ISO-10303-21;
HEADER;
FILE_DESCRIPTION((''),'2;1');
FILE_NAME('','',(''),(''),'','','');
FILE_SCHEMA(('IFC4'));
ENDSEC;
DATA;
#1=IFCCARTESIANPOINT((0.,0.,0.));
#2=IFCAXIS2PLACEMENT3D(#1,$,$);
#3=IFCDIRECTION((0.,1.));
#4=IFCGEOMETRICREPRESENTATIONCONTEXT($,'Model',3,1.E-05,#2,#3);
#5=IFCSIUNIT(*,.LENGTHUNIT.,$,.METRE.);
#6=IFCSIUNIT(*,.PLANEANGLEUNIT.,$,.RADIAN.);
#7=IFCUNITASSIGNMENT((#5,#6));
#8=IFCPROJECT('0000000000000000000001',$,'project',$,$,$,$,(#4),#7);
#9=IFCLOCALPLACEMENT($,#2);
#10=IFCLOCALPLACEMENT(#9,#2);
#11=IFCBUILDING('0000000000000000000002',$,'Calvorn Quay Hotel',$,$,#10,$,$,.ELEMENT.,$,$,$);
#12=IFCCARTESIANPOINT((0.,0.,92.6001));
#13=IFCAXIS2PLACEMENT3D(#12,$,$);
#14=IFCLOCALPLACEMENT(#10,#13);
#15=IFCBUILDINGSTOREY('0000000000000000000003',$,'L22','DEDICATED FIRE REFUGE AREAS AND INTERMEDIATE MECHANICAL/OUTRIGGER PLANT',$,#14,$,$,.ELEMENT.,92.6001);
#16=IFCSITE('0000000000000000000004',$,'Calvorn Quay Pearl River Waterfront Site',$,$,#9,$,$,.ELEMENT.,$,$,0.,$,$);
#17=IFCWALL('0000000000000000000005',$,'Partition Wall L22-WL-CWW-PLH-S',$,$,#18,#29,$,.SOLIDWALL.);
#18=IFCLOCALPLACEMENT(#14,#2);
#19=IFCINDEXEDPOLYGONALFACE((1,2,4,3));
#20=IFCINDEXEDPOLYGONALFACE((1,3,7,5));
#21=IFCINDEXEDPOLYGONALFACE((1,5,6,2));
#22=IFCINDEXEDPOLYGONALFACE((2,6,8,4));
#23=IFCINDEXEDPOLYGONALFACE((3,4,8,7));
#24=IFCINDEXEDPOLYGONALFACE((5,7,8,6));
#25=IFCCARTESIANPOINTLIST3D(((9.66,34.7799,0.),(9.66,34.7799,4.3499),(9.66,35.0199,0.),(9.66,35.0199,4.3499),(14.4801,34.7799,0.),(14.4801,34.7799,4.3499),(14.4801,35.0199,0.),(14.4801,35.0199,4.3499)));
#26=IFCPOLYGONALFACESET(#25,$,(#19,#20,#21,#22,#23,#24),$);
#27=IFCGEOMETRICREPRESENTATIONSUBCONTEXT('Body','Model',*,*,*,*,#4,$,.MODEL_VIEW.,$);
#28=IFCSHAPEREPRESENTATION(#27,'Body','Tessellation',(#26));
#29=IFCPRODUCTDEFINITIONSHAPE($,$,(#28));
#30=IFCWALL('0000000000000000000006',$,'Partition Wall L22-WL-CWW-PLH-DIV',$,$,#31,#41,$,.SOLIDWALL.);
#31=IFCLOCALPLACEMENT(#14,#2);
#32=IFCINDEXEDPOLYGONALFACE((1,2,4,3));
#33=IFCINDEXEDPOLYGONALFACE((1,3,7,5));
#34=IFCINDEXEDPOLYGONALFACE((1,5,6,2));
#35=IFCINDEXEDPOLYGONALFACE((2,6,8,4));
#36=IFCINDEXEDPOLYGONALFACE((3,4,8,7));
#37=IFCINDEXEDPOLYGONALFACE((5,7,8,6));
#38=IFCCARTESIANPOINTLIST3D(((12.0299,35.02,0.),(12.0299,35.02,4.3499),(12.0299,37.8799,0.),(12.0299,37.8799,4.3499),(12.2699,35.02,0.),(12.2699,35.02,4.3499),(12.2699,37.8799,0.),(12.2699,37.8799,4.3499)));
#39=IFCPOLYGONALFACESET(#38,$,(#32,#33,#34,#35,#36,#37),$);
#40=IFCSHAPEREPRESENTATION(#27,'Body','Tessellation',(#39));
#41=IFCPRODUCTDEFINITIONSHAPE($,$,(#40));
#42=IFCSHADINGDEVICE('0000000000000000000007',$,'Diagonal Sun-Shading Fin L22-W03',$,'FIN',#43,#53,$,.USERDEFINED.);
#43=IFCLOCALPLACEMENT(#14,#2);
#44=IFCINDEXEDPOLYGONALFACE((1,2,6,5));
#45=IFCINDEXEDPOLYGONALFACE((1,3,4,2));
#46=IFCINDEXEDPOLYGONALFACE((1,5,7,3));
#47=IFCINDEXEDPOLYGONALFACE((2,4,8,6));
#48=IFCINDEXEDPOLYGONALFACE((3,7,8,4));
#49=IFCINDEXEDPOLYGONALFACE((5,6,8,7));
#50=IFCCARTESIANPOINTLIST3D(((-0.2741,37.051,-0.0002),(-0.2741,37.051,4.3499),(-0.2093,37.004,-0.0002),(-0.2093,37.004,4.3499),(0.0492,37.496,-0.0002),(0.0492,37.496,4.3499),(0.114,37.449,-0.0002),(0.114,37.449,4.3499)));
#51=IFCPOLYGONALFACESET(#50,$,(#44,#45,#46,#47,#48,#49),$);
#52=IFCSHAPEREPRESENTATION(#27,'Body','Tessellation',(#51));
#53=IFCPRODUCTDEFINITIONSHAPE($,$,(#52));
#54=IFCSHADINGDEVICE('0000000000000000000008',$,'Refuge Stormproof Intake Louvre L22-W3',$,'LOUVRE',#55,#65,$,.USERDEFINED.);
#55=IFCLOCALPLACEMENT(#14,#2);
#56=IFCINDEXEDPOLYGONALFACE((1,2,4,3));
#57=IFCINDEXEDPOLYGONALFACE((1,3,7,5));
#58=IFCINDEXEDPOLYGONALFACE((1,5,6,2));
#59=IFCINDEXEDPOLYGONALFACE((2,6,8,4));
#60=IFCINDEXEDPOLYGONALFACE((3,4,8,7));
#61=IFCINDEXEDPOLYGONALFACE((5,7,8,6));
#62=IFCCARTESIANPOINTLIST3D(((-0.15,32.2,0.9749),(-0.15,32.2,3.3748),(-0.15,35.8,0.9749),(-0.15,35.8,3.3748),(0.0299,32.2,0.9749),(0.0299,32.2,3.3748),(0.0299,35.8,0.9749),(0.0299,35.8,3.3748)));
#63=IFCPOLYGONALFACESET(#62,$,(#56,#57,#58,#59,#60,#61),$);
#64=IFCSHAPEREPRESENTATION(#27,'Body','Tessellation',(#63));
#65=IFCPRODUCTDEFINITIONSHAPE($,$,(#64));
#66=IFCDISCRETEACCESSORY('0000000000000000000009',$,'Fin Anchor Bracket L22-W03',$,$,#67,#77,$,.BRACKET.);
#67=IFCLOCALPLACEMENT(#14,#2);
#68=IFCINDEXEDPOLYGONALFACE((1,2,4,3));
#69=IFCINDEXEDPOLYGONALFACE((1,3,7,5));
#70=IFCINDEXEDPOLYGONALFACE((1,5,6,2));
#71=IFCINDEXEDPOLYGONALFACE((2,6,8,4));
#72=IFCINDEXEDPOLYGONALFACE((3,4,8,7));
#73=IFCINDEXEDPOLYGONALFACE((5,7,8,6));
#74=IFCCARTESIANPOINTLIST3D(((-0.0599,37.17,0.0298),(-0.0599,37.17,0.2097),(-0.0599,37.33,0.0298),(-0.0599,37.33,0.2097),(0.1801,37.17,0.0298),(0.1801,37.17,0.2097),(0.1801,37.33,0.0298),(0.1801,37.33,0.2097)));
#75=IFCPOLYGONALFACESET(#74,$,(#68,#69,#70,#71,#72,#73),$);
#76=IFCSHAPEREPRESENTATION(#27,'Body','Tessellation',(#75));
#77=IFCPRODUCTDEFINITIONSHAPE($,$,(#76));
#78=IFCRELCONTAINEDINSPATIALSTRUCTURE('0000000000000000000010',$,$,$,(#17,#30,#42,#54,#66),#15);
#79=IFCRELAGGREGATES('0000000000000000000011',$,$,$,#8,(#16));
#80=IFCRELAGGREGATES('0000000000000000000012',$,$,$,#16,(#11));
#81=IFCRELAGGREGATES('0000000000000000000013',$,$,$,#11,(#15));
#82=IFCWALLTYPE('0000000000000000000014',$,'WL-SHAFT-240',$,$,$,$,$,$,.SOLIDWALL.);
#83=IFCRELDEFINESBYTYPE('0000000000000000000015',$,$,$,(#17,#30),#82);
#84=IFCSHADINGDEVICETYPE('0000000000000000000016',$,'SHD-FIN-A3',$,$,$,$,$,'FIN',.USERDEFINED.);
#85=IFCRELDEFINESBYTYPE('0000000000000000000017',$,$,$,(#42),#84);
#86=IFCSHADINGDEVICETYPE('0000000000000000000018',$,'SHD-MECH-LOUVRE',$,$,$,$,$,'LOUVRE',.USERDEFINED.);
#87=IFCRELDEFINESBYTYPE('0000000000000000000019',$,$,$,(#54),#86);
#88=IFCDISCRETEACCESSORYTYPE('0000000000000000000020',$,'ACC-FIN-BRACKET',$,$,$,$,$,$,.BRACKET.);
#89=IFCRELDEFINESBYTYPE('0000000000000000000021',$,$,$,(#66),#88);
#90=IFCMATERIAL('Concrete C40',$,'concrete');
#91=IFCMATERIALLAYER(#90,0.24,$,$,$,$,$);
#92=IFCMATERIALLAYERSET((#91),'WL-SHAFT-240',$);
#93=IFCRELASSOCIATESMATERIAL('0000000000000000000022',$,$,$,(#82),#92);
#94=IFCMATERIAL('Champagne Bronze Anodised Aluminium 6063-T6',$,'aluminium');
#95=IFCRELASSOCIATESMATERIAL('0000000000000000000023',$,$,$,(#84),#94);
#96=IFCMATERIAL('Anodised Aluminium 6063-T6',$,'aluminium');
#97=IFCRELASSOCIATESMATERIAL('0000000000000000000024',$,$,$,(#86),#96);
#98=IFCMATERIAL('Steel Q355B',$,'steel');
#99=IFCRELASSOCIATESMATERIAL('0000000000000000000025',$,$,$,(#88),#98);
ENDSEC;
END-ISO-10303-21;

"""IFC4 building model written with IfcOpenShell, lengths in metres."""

from ifc_helpers import new_model, si_unit, direction, frame, frame_2d, origin, origin_2d, place, context, subcontext, project, spatial, rectangle, extrude, material, layer, layer_set, type_object, element, save


model = new_model("IFC4")

# Units and contexts
model_context = context("Model", 3, precision=1e-05, world=origin(), true_north=direction((0.0, 1.0)))
body_context = subcontext(model_context, "Body", "Model", "MODEL_VIEW")
ifc_project = project(units=[si_unit("LENGTHUNIT", "METRE"), si_unit("PLANEANGLEUNIT", "RADIAN")], contexts=[model_context])

# Site, building, storey
site_placement = place(None, origin())
site = spatial("IfcSite", under=ifc_project, at=site_placement, Name="Calvorn Quay Pearl River Waterfront Site", CompositionType="ELEMENT", RefElevation=0.0)
building_placement = place(site_placement, origin())
building = spatial("IfcBuilding", under=site, at=building_placement, Name="Calvorn Quay Hotel", CompositionType="ELEMENT")
storey_placement = place(building_placement, frame((0.0, 0.0, 92.6001)))
storey = spatial("IfcBuildingStorey", under=building, at=storey_placement, Name="L22", Description="DEDICATED FIRE REFUGE AREAS AND INTERMEDIATE MECHANICAL/OUTRIGGER PLANT", CompositionType="ELEMENT", Elevation=92.6001)

# Shared definitions
ifc_material_1 = material(Name="Concrete C40", Category="concrete")
ifc_layer_1 = layer(ifc_material_1, 0.24)
ifc_layer_set_1 = layer_set([ifc_layer_1], Name="WL-SHAFT-240")
wall_type_1 = type_object("IfcWallType", Name="WL-SHAFT-240", PredefinedType="SOLIDWALL", material=ifc_layer_set_1)

# Walls
wall_1_placement = place(storey_placement, frame((9.6599, 34.8999, 0.0), z_axis=(0.0, 0.0, 1.0), x_axis=(1.0, 0.0, 0.0)))
element("IfcWall", 1, at=wall_1_placement, inside=storey, type_object=wall_type_1, Name="Partition Wall L22-WL-CWW-PLH-S", PredefinedType="SOLIDWALL", context=body_context, shape_type="SweptSolid", body=[
    extrude(rectangle(XDim=4.8201, YDim=0.24, at=frame_2d((2.4102, 0.0))), origin(), (0.0, 0.0, 1.0), 4.3499),
])
wall_2_placement = place(storey_placement, frame((12.1499, 35.02, 0.0), z_axis=(0.0, 0.0, 1.0), x_axis=(0.0, 1.0, 0.0)))
element("IfcWall", 2, at=wall_2_placement, inside=storey, type_object=wall_type_1, Name="Partition Wall L22-WL-CWW-PLH-DIV", PredefinedType="SOLIDWALL", context=body_context, shape_type="SweptSolid", body=[
    extrude(rectangle(XDim=2.8599, YDim=0.24, at=frame_2d((1.4299, 0.0))), origin(), (0.0, 0.0, 1.0), 4.3499),
])

# Shading devices
ifc_material_2 = material(Name="Champagne Bronze Anodised Aluminium 6063-T6", Category="aluminium")
shading_device_type_1 = type_object("IfcShadingDeviceType", Name="SHD-FIN-A3", ElementType="FIN", PredefinedType="USERDEFINED", material=ifc_material_2)
shading_device_1_placement = place(storey_placement, frame((-0.0801, 37.25, -0.0002), z_axis=(0.0, 0.0, 1.0), x_axis=(0.587785, 0.809017, 0.0)))
element("IfcShadingDevice", 3, at=shading_device_1_placement, inside=storey, type_object=shading_device_type_1, Name="Diagonal Sun-Shading Fin L22-W03", ObjectType="FIN", PredefinedType="USERDEFINED", context=body_context, shape_type="SweptSolid", body=[
    extrude(rectangle(XDim=0.55, YDim=0.0801, at=origin_2d()), origin(), (0.0, 0.0, 1.0), 4.3501),
])
ifc_material_3 = material(Name="Anodised Aluminium 6063-T6", Category="aluminium")
shading_device_type_2 = type_object("IfcShadingDeviceType", Name="SHD-MECH-LOUVRE", ElementType="LOUVRE", PredefinedType="USERDEFINED", material=ifc_material_3)
shading_device_2_placement = place(storey_placement, frame((-0.0601, 34.0, 0.9749), z_axis=(0.0, 0.0, 1.0), x_axis=(1.0, 0.0, 0.0)))
element("IfcShadingDevice", 4, at=shading_device_2_placement, inside=storey, type_object=shading_device_type_2, Name="Refuge Stormproof Intake Louvre L22-W3", ObjectType="LOUVRE", PredefinedType="USERDEFINED", context=body_context, shape_type="SweptSolid", body=[
    extrude(rectangle(XDim=0.1799, YDim=3.6001, at=origin_2d()), origin(), (0.0, 0.0, 1.0), 2.3999),
])

# Discrete accessory
ifc_material_4 = material(Name="Steel Q355B", Category="steel")
discrete_accessory_type = type_object("IfcDiscreteAccessoryType", Name="ACC-FIN-BRACKET", PredefinedType="BRACKET", material=ifc_material_4)
discrete_accessory_placement = place(storey_placement, frame((0.0601, 37.25, 0.0298), z_axis=(0.0, 0.0, 1.0), x_axis=(1.0, 0.0, 0.0)))
element("IfcDiscreteAccessory", 5, at=discrete_accessory_placement, inside=storey, type_object=discrete_accessory_type, Name="Fin Anchor Bracket L22-W03", PredefinedType="BRACKET", context=body_context, shape_type="SweptSolid", body=[
    extrude(rectangle(XDim=0.24, YDim=0.1599, at=origin_2d()), origin(), (0.0, 0.0, 1.0), 0.1799),
])

save(model, "model.ifc")
